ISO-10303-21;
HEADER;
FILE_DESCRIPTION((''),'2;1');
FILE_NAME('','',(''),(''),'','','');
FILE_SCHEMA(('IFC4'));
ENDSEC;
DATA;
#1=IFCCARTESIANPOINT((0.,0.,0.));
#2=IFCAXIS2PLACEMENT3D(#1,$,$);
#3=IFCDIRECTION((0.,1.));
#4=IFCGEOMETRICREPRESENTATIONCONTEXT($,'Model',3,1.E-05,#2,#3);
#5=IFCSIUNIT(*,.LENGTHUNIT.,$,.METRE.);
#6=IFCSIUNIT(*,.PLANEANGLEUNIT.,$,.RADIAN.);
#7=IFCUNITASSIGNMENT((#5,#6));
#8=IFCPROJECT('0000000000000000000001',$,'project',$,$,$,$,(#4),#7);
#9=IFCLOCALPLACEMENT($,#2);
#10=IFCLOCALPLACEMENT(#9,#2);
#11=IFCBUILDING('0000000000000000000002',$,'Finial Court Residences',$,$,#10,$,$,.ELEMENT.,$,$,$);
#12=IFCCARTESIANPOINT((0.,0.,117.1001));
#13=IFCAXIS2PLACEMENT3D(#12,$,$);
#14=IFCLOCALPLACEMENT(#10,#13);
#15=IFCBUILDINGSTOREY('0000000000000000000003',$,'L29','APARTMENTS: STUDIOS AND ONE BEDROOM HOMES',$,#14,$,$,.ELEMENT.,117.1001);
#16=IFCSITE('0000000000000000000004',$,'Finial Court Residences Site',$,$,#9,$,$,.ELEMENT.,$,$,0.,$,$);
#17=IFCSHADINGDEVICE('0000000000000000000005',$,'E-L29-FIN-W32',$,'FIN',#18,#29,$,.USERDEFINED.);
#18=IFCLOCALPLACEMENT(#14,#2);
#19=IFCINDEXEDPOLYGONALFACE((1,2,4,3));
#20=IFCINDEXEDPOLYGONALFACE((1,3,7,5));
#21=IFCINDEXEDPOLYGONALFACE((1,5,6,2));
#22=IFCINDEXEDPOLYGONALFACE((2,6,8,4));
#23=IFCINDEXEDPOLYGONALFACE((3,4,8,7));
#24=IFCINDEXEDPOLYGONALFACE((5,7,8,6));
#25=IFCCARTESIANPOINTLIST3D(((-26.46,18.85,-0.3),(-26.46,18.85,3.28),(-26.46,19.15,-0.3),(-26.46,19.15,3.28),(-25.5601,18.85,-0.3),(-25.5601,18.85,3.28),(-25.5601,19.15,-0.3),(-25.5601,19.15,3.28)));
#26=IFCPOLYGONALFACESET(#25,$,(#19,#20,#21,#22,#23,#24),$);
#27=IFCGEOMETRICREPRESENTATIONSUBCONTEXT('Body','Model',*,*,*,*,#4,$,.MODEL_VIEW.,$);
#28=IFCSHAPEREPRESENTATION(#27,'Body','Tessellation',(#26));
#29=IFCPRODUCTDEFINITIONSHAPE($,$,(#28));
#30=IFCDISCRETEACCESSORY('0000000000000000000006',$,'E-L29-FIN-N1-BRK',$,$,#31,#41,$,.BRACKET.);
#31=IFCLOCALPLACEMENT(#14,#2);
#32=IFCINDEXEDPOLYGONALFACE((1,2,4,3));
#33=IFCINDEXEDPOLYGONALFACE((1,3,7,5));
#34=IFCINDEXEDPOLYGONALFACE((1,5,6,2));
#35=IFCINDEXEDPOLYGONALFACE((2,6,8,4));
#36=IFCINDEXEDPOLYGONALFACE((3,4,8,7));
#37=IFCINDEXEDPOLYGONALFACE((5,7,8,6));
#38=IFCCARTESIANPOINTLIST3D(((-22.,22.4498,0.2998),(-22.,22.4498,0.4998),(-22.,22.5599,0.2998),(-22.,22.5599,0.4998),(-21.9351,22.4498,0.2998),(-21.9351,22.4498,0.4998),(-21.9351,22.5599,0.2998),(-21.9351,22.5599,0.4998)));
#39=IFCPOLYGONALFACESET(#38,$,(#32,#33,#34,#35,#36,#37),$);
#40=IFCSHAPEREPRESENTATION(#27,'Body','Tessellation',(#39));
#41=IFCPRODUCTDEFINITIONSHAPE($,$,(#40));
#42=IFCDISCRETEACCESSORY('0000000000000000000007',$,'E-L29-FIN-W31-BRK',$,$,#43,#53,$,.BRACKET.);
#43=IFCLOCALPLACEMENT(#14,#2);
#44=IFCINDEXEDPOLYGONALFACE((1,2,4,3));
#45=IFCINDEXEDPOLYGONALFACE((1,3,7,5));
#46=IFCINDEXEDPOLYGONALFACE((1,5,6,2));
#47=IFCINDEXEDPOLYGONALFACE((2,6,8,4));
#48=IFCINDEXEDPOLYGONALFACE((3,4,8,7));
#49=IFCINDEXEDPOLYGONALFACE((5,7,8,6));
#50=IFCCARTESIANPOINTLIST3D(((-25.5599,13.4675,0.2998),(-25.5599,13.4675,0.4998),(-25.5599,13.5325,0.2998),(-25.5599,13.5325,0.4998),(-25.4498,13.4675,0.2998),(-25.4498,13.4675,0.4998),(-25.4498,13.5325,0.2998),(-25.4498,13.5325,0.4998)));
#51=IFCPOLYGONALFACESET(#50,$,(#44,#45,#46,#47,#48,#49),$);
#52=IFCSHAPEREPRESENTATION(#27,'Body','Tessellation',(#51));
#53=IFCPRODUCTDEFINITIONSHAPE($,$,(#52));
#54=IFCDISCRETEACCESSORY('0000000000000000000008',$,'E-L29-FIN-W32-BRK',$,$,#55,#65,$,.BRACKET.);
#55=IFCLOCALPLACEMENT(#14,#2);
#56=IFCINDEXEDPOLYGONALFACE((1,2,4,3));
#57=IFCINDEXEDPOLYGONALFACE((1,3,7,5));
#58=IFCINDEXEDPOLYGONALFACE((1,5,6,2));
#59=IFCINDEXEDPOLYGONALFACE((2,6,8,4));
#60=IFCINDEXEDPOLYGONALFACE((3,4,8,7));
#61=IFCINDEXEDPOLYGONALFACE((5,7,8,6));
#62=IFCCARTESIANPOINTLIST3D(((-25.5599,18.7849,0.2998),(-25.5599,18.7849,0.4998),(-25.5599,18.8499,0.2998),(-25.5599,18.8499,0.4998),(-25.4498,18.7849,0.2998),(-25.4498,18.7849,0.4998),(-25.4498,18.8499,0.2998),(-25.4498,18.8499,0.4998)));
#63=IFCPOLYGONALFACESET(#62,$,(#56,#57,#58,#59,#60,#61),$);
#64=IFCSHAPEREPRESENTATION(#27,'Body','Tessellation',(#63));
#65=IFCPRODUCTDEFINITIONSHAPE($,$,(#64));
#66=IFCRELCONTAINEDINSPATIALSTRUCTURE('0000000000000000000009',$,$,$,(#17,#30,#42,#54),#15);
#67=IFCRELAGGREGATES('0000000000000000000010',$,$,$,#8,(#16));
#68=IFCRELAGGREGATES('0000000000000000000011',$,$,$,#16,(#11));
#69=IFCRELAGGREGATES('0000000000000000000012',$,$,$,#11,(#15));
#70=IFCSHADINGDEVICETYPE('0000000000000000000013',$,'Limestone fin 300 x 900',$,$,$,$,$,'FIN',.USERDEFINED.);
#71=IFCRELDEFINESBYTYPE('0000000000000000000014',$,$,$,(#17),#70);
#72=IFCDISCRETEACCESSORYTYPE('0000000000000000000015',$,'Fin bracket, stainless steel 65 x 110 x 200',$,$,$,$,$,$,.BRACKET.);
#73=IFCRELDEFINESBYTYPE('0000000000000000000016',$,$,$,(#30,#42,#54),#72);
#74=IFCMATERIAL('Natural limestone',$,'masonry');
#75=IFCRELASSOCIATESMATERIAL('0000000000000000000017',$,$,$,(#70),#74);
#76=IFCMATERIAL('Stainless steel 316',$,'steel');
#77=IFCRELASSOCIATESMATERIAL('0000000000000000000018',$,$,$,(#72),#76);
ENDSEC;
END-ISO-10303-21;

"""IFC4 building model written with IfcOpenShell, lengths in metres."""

from ifc_helpers import new_model, si_unit, direction, frame, origin, origin_2d, place, context, subcontext, project, spatial, rectangle, extrude, material, type_object, element, save


model = new_model("IFC4")

# Units and contexts
model_context = context("Model", 3, precision=1e-05, world=origin(), true_north=direction((0.0, 1.0)))
body_context = subcontext(model_context, "Body", "Model", "MODEL_VIEW")
ifc_project = project(units=[si_unit("LENGTHUNIT", "METRE"), si_unit("PLANEANGLEUNIT", "RADIAN")], contexts=[model_context])

# Site, building, storey
site_placement = place(None, origin())
site = spatial("IfcSite", under=ifc_project, at=site_placement, Name="Finial Court Residences Site", CompositionType="ELEMENT", RefElevation=0.0)
building_placement = place(site_placement, origin())
building = spatial("IfcBuilding", under=site, at=building_placement, Name="Finial Court Residences", CompositionType="ELEMENT")
storey_placement = place(building_placement, frame((0.0, 0.0, 117.1001)))
storey = spatial("IfcBuildingStorey", under=building, at=storey_placement, Name="L29", Description="APARTMENTS: STUDIOS AND ONE BEDROOM HOMES", CompositionType="ELEMENT", Elevation=117.1001)

# Shared definitions
ifc_material_1 = material(Name="Natural limestone", Category="masonry")

# Shading device
shading_device_type = type_object("IfcShadingDeviceType", Name="Limestone fin 300 x 900", ElementType="FIN", PredefinedType="USERDEFINED", material=ifc_material_1)
for number, where, z_axis, x_axis, name in (
    (1, (-26.01, 19.0, -0.3), (0.0, 0.0, 1.0), (1.0, 0.0, 0.0), "E-L29-FIN-W32"),
):
    element("IfcShadingDevice", number, at=place(storey_placement, frame(where, z_axis=z_axis, x_axis=x_axis)), inside=storey, type_object=shading_device_type, Name=name, ObjectType="FIN", PredefinedType="USERDEFINED", context=body_context, shape_type="SweptSolid", body=[
        extrude(rectangle(XDim=0.8999, YDim=0.3, at=origin_2d()), origin(), (0.0, 0.0, 1.0), 3.5801),
    ])

# Discrete accessories
ifc_material_2 = material(Name="Stainless steel 316", Category="steel")
discrete_accessory_type = type_object("IfcDiscreteAccessoryType", Name="Fin bracket, stainless steel 65 x 110 x 200", PredefinedType="BRACKET", material=ifc_material_2)
discrete_accessory_placement = place(storey_placement, frame((-21.9675, 22.5049, 0.2998), z_axis=(0.0, 0.0, 1.0), x_axis=(1.0, 0.0, 0.0)))
element("IfcDiscreteAccessory", 2, at=discrete_accessory_placement, inside=storey, type_object=discrete_accessory_type, Name="E-L29-FIN-N1-BRK", PredefinedType="BRACKET", context=body_context, shape_type="SweptSolid", body=[
    extrude(rectangle(XDim=0.0649, YDim=0.1101, at=origin_2d()), origin(), (0.0, 0.0, 1.0), 0.2),
])
for number, where, z_axis, x_axis, name in (
    (3, (-25.5049, 13.5, 0.2998), (0.0, 0.0, 1.0), (1.0, 0.0, 0.0), "E-L29-FIN-W31-BRK"),
    (4, (-25.5049, 18.8174, 0.2998), (0.0, 0.0, 1.0), (1.0, 0.0, 0.0), "E-L29-FIN-W32-BRK"),
):
    element("IfcDiscreteAccessory", number, at=place(storey_placement, frame(where, z_axis=z_axis, x_axis=x_axis)), inside=storey, type_object=discrete_accessory_type, Name=name, PredefinedType="BRACKET", context=body_context, shape_type="SweptSolid", body=[
        extrude(rectangle(XDim=0.1101, YDim=0.0649, at=origin_2d()), origin(), (0.0, 0.0, 1.0), 0.2),
    ])

save(model, "model.ifc")
